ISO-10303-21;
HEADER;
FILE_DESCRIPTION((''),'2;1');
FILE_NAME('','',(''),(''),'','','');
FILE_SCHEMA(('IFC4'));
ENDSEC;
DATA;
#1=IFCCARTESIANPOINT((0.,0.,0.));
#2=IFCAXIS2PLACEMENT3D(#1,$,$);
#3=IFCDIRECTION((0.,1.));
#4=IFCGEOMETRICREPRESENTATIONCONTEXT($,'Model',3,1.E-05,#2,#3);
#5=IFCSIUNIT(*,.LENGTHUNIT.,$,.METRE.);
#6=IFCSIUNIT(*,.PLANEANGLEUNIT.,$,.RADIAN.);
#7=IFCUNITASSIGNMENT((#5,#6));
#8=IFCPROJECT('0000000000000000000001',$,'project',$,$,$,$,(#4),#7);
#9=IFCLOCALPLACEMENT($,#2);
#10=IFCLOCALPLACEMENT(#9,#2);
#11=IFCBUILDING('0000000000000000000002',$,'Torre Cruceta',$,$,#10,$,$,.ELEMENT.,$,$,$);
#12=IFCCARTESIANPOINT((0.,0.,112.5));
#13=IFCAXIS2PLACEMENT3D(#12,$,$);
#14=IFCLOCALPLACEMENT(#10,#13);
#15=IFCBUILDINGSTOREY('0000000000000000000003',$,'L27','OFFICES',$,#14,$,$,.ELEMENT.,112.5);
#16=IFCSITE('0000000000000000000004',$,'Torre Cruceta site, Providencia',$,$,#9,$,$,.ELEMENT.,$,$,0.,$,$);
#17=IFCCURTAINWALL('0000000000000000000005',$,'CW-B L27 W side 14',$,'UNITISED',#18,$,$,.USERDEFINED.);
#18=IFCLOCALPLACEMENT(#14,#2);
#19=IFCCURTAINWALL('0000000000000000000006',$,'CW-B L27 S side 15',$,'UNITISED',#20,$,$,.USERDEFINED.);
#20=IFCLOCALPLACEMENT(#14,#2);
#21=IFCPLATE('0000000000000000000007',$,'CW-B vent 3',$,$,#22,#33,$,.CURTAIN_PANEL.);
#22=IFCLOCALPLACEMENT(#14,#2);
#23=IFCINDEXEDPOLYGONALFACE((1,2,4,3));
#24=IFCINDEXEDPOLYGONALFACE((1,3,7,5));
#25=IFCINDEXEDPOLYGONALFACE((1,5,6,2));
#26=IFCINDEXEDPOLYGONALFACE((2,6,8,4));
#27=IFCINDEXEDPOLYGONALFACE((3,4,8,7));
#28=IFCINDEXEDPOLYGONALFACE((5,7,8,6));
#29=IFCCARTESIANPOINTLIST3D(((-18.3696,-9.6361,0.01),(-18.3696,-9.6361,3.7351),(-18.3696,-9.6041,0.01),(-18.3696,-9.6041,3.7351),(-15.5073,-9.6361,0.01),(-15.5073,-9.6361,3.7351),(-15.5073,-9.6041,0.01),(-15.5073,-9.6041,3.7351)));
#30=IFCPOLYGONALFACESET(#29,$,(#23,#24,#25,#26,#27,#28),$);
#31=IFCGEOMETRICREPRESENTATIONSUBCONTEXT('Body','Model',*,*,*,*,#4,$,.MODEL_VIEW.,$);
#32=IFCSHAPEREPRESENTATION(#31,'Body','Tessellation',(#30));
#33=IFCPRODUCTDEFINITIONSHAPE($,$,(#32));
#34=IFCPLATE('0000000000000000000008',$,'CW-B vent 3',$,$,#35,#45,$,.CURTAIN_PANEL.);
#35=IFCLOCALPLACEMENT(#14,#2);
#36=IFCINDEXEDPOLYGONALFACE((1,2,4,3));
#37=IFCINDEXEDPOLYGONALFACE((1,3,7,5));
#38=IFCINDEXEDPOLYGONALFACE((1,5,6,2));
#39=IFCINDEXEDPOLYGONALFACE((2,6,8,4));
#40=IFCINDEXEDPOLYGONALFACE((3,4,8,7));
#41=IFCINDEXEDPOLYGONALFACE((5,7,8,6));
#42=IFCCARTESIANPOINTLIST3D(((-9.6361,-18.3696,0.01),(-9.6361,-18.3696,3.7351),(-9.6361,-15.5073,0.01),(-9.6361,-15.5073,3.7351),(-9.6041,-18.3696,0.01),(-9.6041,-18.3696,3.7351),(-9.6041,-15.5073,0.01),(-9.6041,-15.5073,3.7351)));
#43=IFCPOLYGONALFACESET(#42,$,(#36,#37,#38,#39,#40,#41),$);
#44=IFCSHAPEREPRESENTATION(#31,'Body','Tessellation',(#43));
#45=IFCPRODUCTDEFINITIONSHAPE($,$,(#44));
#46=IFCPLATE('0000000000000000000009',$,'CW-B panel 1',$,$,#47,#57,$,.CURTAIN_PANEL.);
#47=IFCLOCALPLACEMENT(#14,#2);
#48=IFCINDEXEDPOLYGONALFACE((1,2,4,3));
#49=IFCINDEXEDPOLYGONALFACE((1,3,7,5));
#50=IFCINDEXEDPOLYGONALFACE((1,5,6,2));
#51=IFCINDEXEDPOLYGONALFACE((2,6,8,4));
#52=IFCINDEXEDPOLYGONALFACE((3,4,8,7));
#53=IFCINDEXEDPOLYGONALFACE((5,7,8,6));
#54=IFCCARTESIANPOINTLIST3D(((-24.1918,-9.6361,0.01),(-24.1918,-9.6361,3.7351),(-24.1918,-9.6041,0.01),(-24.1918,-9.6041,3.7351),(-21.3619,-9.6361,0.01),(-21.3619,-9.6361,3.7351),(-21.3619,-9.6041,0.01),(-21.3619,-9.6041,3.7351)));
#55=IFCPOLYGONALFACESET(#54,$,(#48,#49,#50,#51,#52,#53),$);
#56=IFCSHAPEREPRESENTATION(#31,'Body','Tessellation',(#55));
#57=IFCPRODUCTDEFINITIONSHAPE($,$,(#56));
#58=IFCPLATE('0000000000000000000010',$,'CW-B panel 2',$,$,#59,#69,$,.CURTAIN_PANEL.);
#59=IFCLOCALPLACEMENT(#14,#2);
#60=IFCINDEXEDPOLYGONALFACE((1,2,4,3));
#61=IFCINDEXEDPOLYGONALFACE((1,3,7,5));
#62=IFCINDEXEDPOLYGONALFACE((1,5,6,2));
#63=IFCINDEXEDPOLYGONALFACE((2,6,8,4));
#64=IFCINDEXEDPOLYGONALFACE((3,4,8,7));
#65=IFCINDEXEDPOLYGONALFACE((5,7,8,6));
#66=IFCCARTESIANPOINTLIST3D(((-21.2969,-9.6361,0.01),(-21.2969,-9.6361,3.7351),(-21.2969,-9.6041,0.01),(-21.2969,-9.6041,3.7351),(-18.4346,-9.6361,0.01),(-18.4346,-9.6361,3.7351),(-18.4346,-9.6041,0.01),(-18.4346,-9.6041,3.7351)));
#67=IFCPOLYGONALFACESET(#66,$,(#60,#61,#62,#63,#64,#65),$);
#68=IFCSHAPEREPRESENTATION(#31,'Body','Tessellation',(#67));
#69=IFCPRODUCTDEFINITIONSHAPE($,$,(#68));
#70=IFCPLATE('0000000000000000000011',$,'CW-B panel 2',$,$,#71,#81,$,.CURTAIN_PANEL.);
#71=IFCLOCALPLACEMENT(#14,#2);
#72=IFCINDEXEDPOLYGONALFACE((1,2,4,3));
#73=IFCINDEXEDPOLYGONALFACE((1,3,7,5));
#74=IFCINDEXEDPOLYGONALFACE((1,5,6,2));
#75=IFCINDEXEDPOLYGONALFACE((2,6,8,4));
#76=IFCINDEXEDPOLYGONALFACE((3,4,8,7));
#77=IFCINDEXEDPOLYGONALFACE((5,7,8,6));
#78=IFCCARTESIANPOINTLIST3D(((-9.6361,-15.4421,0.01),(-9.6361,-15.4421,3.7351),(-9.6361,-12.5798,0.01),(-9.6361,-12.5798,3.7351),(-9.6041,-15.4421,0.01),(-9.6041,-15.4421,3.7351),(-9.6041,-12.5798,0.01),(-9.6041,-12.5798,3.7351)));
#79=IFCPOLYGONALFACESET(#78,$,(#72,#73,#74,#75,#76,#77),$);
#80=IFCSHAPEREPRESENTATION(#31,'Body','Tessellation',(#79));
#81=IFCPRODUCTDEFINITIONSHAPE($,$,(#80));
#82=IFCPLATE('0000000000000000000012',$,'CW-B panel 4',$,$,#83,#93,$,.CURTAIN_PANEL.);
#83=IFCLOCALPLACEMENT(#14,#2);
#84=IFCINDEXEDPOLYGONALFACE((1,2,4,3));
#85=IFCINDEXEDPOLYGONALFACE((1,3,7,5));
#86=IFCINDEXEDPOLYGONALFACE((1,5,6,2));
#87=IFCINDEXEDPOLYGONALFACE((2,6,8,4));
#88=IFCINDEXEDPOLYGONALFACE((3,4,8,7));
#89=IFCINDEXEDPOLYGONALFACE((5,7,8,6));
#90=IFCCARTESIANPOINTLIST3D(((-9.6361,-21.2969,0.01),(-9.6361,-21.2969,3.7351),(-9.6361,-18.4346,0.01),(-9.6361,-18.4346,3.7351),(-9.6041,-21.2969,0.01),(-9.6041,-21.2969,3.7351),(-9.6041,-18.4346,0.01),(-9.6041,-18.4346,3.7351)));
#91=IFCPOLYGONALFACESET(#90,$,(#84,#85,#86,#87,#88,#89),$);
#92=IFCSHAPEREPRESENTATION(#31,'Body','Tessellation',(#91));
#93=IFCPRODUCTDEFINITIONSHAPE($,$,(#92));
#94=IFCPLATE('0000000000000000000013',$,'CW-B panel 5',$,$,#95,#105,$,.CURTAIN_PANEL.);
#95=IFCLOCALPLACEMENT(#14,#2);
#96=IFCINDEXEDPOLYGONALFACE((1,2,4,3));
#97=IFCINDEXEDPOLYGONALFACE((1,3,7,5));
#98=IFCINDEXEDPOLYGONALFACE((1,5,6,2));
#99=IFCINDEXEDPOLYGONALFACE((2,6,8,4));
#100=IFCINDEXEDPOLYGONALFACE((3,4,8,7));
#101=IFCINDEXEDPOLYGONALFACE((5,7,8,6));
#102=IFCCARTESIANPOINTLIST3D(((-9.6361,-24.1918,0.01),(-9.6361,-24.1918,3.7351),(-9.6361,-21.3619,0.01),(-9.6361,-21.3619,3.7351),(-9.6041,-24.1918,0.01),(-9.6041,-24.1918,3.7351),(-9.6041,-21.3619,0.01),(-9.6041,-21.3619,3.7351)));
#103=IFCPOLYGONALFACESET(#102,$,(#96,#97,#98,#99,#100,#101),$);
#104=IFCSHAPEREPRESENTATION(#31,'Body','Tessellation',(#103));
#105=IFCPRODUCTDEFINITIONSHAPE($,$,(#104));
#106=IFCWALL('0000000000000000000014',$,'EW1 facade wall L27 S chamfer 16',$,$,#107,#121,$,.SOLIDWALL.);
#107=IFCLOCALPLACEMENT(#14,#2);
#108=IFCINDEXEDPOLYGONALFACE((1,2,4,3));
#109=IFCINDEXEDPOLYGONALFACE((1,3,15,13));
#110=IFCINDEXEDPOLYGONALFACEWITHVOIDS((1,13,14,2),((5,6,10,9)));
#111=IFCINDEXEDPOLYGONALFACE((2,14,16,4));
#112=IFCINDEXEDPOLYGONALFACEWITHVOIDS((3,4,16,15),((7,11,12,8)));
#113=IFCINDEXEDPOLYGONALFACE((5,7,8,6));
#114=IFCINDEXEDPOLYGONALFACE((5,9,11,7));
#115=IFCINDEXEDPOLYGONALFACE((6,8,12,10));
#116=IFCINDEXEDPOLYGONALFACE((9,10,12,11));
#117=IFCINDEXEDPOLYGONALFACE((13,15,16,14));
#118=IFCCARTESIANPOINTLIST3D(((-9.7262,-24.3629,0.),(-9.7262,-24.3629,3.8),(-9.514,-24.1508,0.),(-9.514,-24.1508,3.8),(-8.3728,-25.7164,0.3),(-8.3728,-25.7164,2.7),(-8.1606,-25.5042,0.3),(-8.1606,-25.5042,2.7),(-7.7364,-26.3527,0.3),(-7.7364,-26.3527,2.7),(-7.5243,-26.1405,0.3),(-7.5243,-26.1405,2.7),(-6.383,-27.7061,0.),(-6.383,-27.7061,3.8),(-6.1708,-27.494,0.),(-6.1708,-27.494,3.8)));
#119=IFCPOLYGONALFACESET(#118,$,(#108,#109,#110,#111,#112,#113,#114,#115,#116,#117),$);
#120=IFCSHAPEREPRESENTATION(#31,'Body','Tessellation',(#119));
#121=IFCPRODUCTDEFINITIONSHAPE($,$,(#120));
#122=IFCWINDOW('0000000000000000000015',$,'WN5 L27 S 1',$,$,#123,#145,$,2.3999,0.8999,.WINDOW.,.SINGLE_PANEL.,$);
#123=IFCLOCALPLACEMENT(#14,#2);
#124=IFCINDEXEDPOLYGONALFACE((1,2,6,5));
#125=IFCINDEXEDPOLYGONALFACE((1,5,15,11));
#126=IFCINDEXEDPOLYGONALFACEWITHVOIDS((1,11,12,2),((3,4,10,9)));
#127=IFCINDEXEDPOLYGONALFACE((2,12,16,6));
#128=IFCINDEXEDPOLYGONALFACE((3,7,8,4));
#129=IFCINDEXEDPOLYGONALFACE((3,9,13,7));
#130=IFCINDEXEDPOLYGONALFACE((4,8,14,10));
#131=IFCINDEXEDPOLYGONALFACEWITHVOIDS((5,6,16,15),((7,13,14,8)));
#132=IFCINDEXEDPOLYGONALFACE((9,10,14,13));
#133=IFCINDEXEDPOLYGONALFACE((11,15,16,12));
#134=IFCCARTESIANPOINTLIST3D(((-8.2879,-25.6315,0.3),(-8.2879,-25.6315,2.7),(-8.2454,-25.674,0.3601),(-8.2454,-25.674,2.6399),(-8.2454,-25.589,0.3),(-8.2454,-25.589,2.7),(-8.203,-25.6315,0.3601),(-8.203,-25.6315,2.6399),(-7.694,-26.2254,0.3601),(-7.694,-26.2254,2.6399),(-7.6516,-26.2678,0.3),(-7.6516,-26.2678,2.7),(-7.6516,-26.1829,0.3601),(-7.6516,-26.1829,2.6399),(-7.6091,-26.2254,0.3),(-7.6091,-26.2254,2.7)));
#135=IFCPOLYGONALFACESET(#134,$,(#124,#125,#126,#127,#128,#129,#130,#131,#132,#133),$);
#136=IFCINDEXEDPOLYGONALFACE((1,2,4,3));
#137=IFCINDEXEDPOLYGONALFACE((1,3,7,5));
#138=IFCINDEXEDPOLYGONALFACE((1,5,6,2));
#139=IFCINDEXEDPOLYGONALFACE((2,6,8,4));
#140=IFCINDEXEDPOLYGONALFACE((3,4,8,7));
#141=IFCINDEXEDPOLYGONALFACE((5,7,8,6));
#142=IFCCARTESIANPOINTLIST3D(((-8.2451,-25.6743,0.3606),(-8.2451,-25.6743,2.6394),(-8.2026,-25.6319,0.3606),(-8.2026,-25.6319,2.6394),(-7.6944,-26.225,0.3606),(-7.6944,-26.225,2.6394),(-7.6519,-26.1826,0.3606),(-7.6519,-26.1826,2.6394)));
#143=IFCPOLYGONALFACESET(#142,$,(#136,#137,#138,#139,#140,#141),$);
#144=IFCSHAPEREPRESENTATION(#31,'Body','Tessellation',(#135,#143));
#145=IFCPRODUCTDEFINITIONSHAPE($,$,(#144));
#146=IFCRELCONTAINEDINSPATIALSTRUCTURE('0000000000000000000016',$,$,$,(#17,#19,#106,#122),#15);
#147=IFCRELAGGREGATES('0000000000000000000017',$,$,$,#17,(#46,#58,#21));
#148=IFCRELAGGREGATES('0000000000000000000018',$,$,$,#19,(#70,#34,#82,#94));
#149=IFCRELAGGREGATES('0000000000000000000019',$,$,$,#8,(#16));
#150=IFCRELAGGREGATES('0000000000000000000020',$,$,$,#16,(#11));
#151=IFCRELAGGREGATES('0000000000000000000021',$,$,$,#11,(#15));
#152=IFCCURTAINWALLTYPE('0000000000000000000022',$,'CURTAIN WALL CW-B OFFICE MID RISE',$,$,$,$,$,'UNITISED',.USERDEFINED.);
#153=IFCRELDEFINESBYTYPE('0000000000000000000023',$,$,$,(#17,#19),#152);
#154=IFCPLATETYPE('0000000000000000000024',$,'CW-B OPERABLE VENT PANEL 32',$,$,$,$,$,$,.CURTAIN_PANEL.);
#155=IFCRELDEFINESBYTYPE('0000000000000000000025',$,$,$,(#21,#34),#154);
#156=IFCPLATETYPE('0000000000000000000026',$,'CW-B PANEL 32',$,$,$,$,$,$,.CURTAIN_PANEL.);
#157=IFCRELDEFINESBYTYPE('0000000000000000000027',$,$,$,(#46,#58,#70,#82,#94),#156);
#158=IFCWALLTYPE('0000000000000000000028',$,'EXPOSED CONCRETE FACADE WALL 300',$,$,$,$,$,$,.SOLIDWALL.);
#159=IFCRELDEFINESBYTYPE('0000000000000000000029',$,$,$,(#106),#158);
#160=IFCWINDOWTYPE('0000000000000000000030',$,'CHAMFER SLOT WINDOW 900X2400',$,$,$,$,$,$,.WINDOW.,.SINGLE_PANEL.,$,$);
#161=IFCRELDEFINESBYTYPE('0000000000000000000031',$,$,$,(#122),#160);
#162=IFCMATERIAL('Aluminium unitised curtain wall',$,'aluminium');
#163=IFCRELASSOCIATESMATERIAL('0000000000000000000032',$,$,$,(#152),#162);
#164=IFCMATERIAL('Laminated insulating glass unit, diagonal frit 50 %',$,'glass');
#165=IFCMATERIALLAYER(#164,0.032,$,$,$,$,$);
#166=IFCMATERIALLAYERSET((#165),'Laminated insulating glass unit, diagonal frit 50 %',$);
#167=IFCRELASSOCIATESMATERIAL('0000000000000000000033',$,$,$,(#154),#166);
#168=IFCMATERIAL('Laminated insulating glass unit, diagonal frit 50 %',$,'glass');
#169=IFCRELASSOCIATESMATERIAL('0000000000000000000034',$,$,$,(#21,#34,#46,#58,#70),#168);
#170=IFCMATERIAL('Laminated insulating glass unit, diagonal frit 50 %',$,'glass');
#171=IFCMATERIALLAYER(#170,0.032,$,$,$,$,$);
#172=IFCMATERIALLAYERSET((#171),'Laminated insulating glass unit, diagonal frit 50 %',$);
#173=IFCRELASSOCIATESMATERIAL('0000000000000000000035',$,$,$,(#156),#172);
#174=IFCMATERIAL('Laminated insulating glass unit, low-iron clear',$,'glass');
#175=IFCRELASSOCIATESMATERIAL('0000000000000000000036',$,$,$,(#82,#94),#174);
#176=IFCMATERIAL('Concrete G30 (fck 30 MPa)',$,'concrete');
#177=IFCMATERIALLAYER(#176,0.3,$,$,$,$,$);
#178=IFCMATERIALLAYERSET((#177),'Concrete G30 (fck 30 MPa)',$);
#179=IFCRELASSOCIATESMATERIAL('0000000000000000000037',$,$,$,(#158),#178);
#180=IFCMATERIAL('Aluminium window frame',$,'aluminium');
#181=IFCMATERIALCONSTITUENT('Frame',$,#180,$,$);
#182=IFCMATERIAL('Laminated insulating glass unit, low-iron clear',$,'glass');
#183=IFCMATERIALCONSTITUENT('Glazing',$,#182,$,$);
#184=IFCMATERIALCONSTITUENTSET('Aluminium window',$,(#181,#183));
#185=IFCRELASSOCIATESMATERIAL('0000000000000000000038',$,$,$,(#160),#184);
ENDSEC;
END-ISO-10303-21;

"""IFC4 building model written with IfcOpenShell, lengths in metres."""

from ifc_helpers import new_model, si_unit, direction, frame, frame_2d, origin, origin_2d, place, context, subcontext, project, spatial, rectangle, hollow_rectangle, extrude, material, layer, layer_set, constituent, constituent_set, type_object, element, fill, aggregate, save


model = new_model("IFC4")

# Units and contexts
model_context = context("Model", 3, precision=1e-05, world=origin(), true_north=direction((0.0, 1.0)))
body_context = subcontext(model_context, "Body", "Model", "MODEL_VIEW")
ifc_project = project(units=[si_unit("LENGTHUNIT", "METRE"), si_unit("PLANEANGLEUNIT", "RADIAN")], contexts=[model_context])

# Site, building, storey
site_placement = place(None, origin())
site = spatial("IfcSite", under=ifc_project, at=site_placement, Name="Torre Cruceta site, Providencia", CompositionType="ELEMENT", RefElevation=0.0)
building_placement = place(site_placement, origin())
building = spatial("IfcBuilding", under=site, at=building_placement, Name="Torre Cruceta", CompositionType="ELEMENT")
storey_placement = place(building_placement, frame((0.0, 0.0, 112.5)))
storey = spatial("IfcBuildingStorey", under=building, at=storey_placement, Name="L27", Description="OFFICES", CompositionType="ELEMENT", Elevation=112.5)

# Curtain walls
ifc_material_1 = material(Name="Aluminium unitised curtain wall", Category="aluminium")
curtain_wall_type = type_object("IfcCurtainWallType", Name="CURTAIN WALL CW-B OFFICE MID RISE", ElementType="UNITISED", PredefinedType="USERDEFINED", material=ifc_material_1)
curtain_wall_1_placement = place(storey_placement, origin())
curtain_wall_1 = element("IfcCurtainWall", 1, at=curtain_wall_1_placement, inside=storey, type_object=curtain_wall_type, Name="CW-B L27 W side 14", ObjectType="UNITISED", PredefinedType="USERDEFINED")
curtain_wall_2_placement = place(storey_placement, origin())
curtain_wall_2 = element("IfcCurtainWall", 2, at=curtain_wall_2_placement, inside=storey, type_object=curtain_wall_type, Name="CW-B L27 S side 15", ObjectType="UNITISED", PredefinedType="USERDEFINED")

# Plates
ifc_material_2 = material(Name="Laminated insulating glass unit, diagonal frit 50 %", Category="glass")
ifc_material_3 = material(Name="Laminated insulating glass unit, diagonal frit 50 %", Category="glass")
ifc_layer_1 = layer(ifc_material_3, 0.032)
ifc_layer_set_1 = layer_set([ifc_layer_1], Name="Laminated insulating glass unit, diagonal frit 50 %")
plate_type_1 = type_object("IfcPlateType", Name="CW-B OPERABLE VENT PANEL 32", PredefinedType="CURTAIN_PANEL", material=ifc_layer_set_1)
plate_1_placement = place(storey_placement, frame((-16.9385, -9.6201, 0.01), z_axis=(0.0, 0.0, 1.0), x_axis=(1.0, 0.0, 0.0)))
plate_1 = element("IfcPlate", 3, at=plate_1_placement, type_object=plate_type_1, material=ifc_material_2, Name="CW-B vent 3", PredefinedType="CURTAIN_PANEL", context=body_context, shape_type="SweptSolid", body=[
    extrude(rectangle(XDim=2.8623, YDim=0.032, at=origin_2d()), origin(), (0.0, 0.0, 1.0), 3.7251),
])
plate_2_placement = place(storey_placement, frame((-9.6201, -16.9385, 0.01), z_axis=(0.0, 0.0, 1.0), x_axis=(0.0, -1.0, 0.0)))
plate_2 = element("IfcPlate", 4, at=plate_2_placement, type_object=plate_type_1, material=ifc_material_2, Name="CW-B vent 3", PredefinedType="CURTAIN_PANEL", context=body_context, shape_type="SweptSolid", body=[
    extrude(rectangle(XDim=2.8623, YDim=0.032, at=origin_2d()), origin(), (0.0, 0.0, 1.0), 3.7251),
])
ifc_material_4 = material(Name="Laminated insulating glass unit, diagonal frit 50 %", Category="glass")
ifc_layer_2 = layer(ifc_material_4, 0.032)
ifc_layer_set_2 = layer_set([ifc_layer_2], Name="Laminated insulating glass unit, diagonal frit 50 %")
plate_type_2 = type_object("IfcPlateType", Name="CW-B PANEL 32", PredefinedType="CURTAIN_PANEL", material=ifc_layer_set_2)
plate_3_placement = place(storey_placement, frame((-22.7769, -9.6201, 0.01), z_axis=(0.0, 0.0, 1.0), x_axis=(1.0, 0.0, 0.0)))
plate_3 = element("IfcPlate", 5, at=plate_3_placement, type_object=plate_type_2, material=ifc_material_2, Name="CW-B panel 1", PredefinedType="CURTAIN_PANEL", context=body_context, shape_type="SweptSolid", body=[
    extrude(rectangle(XDim=2.8298, YDim=0.032, at=origin_2d()), origin(), (0.0, 0.0, 1.0), 3.7251),
])
plate_4_placement = place(storey_placement, frame((-19.8657, -9.6201, 0.01), z_axis=(0.0, 0.0, 1.0), x_axis=(1.0, 0.0, 0.0)))
plate_4 = element("IfcPlate", 6, at=plate_4_placement, type_object=plate_type_2, material=ifc_material_2, Name="CW-B panel 2", PredefinedType="CURTAIN_PANEL", context=body_context, shape_type="SweptSolid", body=[
    extrude(rectangle(XDim=2.8623, YDim=0.032, at=origin_2d()), origin(), (0.0, 0.0, 1.0), 3.7251),
])
aggregate(curtain_wall_1, [plate_3, plate_4, plate_1])
plate_5_placement = place(storey_placement, frame((-9.6201, -14.011, 0.01), z_axis=(0.0, 0.0, 1.0), x_axis=(0.0, -1.0, 0.0)))
plate_5 = element("IfcPlate", 7, at=plate_5_placement, type_object=plate_type_2, material=ifc_material_2, Name="CW-B panel 2", PredefinedType="CURTAIN_PANEL", context=body_context, shape_type="SweptSolid", body=[
    extrude(rectangle(XDim=2.8623, YDim=0.032, at=origin_2d()), origin(), (0.0, 0.0, 1.0), 3.7251),
])
ifc_material_5 = material(Name="Laminated insulating glass unit, low-iron clear", Category="glass")
plate_6_placement = place(storey_placement, frame((-9.6201, -19.8657, 0.01), z_axis=(0.0, 0.0, 1.0), x_axis=(0.0, -1.0, 0.0)))
plate_6 = element("IfcPlate", 8, at=plate_6_placement, type_object=plate_type_2, material=ifc_material_5, Name="CW-B panel 4", PredefinedType="CURTAIN_PANEL", context=body_context, shape_type="SweptSolid", body=[
    extrude(rectangle(XDim=2.8623, YDim=0.032, at=origin_2d()), origin(), (0.0, 0.0, 1.0), 3.7251),
])
plate_7_placement = place(storey_placement, frame((-9.6201, -22.7769, 0.01), z_axis=(0.0, 0.0, 1.0), x_axis=(0.0, -1.0, 0.0)))
plate_7 = element("IfcPlate", 9, at=plate_7_placement, type_object=plate_type_2, material=ifc_material_5, Name="CW-B panel 5", PredefinedType="CURTAIN_PANEL", context=body_context, shape_type="SweptSolid", body=[
    extrude(rectangle(XDim=2.8298, YDim=0.032, at=origin_2d()), origin(), (0.0, 0.0, 1.0), 3.7251),
])
aggregate(curtain_wall_2, [plate_5, plate_2, plate_6, plate_7])

# Wall, opening, window
ifc_material_6 = material(Name="Concrete G30 (fck 30 MPa)", Category="concrete")
ifc_layer_3 = layer(ifc_material_6, 0.3)
ifc_layer_set_3 = layer_set([ifc_layer_3], Name="Concrete G30 (fck 30 MPa)")
wall_type = type_object("IfcWallType", Name="EXPOSED CONCRETE FACADE WALL 300", PredefinedType="SOLIDWALL", material=ifc_layer_set_3)
wall_placement = place(storey_placement, frame((-9.6201, -24.2568, 0.0), z_axis=(0.0, 0.0, 1.0), x_axis=(0.707107, -0.707107, 0.0)))
wall = element("IfcWall", 10, at=wall_placement, inside=storey, type_object=wall_type, Name="EW1 facade wall L27 S chamfer 16", PredefinedType="SOLIDWALL", context=body_context, shape_type="SweptSolid", body=[
    extrude(rectangle(XDim=4.728, YDim=0.3, at=frame_2d((2.364, 0.0))), origin(), (0.0, 0.0, 1.0), 3.8),
])
opening_placement = place(wall_placement, frame((1.9141, 0.0, 0.3)))
opening = element("IfcOpeningElement", 11, at=opening_placement, cuts=wall, PredefinedType="OPENING", context=body_context, shape_type="SweptSolid", body=[
    extrude(rectangle(XDim=0.8999, YDim=2.3999, at=frame_2d((0.45, 1.2))), frame((0.0, 0.1599, 0.0), z_axis=(0.0, -1.0, 0.0), x_axis=(1.0, 0.0, 0.0)), (0.0, 0.0, 1.0), 0.3201),
])
ifc_material_7 = material(Name="Aluminium window frame", Category="aluminium")
ifc_constituent_1 = constituent(ifc_material_7, Name="Frame")
ifc_material_8 = material(Name="Laminated insulating glass unit, low-iron clear", Category="glass")
ifc_constituent_2 = constituent(ifc_material_8, Name="Glazing")
ifc_constituent_set = constituent_set(constituents=[ifc_constituent_1, ifc_constituent_2], Name="Aluminium window")
window_type = type_object("IfcWindowType", Name="CHAMFER SLOT WINDOW 900X2400", PartitioningType="SINGLE_PANEL", PredefinedType="WINDOW", material=ifc_constituent_set)
window_placement = place(opening_placement, origin())
window = element("IfcWindow", 12, at=window_placement, inside=storey, type_object=window_type, Name="WN5 L27 S 1", OverallHeight=2.3999, OverallWidth=0.8999, PartitioningType="SINGLE_PANEL", PredefinedType="WINDOW", context=body_context, shape_type="SweptSolid", body=[
    extrude(hollow_rectangle(XDim=0.8999, YDim=2.3999, WallThickness=0.0601, at=frame_2d((0.45, 1.2))), frame((0.0, 0.03, 0.0), z_axis=(0.0, -1.0, 0.0), x_axis=(1.0, 0.0, 0.0)), (0.0, 0.0, 1.0), 0.0601),
    extrude(rectangle(XDim=0.7788, YDim=2.2788, at=frame_2d((0.45, 1.2))), frame((0.0, 0.03, 0.0), z_axis=(0.0, -1.0, 0.0), x_axis=(1.0, 0.0, 0.0)), (0.0, 0.0, 1.0), 0.0601),
])
fill(opening, window)

save(model, "model.ifc")
